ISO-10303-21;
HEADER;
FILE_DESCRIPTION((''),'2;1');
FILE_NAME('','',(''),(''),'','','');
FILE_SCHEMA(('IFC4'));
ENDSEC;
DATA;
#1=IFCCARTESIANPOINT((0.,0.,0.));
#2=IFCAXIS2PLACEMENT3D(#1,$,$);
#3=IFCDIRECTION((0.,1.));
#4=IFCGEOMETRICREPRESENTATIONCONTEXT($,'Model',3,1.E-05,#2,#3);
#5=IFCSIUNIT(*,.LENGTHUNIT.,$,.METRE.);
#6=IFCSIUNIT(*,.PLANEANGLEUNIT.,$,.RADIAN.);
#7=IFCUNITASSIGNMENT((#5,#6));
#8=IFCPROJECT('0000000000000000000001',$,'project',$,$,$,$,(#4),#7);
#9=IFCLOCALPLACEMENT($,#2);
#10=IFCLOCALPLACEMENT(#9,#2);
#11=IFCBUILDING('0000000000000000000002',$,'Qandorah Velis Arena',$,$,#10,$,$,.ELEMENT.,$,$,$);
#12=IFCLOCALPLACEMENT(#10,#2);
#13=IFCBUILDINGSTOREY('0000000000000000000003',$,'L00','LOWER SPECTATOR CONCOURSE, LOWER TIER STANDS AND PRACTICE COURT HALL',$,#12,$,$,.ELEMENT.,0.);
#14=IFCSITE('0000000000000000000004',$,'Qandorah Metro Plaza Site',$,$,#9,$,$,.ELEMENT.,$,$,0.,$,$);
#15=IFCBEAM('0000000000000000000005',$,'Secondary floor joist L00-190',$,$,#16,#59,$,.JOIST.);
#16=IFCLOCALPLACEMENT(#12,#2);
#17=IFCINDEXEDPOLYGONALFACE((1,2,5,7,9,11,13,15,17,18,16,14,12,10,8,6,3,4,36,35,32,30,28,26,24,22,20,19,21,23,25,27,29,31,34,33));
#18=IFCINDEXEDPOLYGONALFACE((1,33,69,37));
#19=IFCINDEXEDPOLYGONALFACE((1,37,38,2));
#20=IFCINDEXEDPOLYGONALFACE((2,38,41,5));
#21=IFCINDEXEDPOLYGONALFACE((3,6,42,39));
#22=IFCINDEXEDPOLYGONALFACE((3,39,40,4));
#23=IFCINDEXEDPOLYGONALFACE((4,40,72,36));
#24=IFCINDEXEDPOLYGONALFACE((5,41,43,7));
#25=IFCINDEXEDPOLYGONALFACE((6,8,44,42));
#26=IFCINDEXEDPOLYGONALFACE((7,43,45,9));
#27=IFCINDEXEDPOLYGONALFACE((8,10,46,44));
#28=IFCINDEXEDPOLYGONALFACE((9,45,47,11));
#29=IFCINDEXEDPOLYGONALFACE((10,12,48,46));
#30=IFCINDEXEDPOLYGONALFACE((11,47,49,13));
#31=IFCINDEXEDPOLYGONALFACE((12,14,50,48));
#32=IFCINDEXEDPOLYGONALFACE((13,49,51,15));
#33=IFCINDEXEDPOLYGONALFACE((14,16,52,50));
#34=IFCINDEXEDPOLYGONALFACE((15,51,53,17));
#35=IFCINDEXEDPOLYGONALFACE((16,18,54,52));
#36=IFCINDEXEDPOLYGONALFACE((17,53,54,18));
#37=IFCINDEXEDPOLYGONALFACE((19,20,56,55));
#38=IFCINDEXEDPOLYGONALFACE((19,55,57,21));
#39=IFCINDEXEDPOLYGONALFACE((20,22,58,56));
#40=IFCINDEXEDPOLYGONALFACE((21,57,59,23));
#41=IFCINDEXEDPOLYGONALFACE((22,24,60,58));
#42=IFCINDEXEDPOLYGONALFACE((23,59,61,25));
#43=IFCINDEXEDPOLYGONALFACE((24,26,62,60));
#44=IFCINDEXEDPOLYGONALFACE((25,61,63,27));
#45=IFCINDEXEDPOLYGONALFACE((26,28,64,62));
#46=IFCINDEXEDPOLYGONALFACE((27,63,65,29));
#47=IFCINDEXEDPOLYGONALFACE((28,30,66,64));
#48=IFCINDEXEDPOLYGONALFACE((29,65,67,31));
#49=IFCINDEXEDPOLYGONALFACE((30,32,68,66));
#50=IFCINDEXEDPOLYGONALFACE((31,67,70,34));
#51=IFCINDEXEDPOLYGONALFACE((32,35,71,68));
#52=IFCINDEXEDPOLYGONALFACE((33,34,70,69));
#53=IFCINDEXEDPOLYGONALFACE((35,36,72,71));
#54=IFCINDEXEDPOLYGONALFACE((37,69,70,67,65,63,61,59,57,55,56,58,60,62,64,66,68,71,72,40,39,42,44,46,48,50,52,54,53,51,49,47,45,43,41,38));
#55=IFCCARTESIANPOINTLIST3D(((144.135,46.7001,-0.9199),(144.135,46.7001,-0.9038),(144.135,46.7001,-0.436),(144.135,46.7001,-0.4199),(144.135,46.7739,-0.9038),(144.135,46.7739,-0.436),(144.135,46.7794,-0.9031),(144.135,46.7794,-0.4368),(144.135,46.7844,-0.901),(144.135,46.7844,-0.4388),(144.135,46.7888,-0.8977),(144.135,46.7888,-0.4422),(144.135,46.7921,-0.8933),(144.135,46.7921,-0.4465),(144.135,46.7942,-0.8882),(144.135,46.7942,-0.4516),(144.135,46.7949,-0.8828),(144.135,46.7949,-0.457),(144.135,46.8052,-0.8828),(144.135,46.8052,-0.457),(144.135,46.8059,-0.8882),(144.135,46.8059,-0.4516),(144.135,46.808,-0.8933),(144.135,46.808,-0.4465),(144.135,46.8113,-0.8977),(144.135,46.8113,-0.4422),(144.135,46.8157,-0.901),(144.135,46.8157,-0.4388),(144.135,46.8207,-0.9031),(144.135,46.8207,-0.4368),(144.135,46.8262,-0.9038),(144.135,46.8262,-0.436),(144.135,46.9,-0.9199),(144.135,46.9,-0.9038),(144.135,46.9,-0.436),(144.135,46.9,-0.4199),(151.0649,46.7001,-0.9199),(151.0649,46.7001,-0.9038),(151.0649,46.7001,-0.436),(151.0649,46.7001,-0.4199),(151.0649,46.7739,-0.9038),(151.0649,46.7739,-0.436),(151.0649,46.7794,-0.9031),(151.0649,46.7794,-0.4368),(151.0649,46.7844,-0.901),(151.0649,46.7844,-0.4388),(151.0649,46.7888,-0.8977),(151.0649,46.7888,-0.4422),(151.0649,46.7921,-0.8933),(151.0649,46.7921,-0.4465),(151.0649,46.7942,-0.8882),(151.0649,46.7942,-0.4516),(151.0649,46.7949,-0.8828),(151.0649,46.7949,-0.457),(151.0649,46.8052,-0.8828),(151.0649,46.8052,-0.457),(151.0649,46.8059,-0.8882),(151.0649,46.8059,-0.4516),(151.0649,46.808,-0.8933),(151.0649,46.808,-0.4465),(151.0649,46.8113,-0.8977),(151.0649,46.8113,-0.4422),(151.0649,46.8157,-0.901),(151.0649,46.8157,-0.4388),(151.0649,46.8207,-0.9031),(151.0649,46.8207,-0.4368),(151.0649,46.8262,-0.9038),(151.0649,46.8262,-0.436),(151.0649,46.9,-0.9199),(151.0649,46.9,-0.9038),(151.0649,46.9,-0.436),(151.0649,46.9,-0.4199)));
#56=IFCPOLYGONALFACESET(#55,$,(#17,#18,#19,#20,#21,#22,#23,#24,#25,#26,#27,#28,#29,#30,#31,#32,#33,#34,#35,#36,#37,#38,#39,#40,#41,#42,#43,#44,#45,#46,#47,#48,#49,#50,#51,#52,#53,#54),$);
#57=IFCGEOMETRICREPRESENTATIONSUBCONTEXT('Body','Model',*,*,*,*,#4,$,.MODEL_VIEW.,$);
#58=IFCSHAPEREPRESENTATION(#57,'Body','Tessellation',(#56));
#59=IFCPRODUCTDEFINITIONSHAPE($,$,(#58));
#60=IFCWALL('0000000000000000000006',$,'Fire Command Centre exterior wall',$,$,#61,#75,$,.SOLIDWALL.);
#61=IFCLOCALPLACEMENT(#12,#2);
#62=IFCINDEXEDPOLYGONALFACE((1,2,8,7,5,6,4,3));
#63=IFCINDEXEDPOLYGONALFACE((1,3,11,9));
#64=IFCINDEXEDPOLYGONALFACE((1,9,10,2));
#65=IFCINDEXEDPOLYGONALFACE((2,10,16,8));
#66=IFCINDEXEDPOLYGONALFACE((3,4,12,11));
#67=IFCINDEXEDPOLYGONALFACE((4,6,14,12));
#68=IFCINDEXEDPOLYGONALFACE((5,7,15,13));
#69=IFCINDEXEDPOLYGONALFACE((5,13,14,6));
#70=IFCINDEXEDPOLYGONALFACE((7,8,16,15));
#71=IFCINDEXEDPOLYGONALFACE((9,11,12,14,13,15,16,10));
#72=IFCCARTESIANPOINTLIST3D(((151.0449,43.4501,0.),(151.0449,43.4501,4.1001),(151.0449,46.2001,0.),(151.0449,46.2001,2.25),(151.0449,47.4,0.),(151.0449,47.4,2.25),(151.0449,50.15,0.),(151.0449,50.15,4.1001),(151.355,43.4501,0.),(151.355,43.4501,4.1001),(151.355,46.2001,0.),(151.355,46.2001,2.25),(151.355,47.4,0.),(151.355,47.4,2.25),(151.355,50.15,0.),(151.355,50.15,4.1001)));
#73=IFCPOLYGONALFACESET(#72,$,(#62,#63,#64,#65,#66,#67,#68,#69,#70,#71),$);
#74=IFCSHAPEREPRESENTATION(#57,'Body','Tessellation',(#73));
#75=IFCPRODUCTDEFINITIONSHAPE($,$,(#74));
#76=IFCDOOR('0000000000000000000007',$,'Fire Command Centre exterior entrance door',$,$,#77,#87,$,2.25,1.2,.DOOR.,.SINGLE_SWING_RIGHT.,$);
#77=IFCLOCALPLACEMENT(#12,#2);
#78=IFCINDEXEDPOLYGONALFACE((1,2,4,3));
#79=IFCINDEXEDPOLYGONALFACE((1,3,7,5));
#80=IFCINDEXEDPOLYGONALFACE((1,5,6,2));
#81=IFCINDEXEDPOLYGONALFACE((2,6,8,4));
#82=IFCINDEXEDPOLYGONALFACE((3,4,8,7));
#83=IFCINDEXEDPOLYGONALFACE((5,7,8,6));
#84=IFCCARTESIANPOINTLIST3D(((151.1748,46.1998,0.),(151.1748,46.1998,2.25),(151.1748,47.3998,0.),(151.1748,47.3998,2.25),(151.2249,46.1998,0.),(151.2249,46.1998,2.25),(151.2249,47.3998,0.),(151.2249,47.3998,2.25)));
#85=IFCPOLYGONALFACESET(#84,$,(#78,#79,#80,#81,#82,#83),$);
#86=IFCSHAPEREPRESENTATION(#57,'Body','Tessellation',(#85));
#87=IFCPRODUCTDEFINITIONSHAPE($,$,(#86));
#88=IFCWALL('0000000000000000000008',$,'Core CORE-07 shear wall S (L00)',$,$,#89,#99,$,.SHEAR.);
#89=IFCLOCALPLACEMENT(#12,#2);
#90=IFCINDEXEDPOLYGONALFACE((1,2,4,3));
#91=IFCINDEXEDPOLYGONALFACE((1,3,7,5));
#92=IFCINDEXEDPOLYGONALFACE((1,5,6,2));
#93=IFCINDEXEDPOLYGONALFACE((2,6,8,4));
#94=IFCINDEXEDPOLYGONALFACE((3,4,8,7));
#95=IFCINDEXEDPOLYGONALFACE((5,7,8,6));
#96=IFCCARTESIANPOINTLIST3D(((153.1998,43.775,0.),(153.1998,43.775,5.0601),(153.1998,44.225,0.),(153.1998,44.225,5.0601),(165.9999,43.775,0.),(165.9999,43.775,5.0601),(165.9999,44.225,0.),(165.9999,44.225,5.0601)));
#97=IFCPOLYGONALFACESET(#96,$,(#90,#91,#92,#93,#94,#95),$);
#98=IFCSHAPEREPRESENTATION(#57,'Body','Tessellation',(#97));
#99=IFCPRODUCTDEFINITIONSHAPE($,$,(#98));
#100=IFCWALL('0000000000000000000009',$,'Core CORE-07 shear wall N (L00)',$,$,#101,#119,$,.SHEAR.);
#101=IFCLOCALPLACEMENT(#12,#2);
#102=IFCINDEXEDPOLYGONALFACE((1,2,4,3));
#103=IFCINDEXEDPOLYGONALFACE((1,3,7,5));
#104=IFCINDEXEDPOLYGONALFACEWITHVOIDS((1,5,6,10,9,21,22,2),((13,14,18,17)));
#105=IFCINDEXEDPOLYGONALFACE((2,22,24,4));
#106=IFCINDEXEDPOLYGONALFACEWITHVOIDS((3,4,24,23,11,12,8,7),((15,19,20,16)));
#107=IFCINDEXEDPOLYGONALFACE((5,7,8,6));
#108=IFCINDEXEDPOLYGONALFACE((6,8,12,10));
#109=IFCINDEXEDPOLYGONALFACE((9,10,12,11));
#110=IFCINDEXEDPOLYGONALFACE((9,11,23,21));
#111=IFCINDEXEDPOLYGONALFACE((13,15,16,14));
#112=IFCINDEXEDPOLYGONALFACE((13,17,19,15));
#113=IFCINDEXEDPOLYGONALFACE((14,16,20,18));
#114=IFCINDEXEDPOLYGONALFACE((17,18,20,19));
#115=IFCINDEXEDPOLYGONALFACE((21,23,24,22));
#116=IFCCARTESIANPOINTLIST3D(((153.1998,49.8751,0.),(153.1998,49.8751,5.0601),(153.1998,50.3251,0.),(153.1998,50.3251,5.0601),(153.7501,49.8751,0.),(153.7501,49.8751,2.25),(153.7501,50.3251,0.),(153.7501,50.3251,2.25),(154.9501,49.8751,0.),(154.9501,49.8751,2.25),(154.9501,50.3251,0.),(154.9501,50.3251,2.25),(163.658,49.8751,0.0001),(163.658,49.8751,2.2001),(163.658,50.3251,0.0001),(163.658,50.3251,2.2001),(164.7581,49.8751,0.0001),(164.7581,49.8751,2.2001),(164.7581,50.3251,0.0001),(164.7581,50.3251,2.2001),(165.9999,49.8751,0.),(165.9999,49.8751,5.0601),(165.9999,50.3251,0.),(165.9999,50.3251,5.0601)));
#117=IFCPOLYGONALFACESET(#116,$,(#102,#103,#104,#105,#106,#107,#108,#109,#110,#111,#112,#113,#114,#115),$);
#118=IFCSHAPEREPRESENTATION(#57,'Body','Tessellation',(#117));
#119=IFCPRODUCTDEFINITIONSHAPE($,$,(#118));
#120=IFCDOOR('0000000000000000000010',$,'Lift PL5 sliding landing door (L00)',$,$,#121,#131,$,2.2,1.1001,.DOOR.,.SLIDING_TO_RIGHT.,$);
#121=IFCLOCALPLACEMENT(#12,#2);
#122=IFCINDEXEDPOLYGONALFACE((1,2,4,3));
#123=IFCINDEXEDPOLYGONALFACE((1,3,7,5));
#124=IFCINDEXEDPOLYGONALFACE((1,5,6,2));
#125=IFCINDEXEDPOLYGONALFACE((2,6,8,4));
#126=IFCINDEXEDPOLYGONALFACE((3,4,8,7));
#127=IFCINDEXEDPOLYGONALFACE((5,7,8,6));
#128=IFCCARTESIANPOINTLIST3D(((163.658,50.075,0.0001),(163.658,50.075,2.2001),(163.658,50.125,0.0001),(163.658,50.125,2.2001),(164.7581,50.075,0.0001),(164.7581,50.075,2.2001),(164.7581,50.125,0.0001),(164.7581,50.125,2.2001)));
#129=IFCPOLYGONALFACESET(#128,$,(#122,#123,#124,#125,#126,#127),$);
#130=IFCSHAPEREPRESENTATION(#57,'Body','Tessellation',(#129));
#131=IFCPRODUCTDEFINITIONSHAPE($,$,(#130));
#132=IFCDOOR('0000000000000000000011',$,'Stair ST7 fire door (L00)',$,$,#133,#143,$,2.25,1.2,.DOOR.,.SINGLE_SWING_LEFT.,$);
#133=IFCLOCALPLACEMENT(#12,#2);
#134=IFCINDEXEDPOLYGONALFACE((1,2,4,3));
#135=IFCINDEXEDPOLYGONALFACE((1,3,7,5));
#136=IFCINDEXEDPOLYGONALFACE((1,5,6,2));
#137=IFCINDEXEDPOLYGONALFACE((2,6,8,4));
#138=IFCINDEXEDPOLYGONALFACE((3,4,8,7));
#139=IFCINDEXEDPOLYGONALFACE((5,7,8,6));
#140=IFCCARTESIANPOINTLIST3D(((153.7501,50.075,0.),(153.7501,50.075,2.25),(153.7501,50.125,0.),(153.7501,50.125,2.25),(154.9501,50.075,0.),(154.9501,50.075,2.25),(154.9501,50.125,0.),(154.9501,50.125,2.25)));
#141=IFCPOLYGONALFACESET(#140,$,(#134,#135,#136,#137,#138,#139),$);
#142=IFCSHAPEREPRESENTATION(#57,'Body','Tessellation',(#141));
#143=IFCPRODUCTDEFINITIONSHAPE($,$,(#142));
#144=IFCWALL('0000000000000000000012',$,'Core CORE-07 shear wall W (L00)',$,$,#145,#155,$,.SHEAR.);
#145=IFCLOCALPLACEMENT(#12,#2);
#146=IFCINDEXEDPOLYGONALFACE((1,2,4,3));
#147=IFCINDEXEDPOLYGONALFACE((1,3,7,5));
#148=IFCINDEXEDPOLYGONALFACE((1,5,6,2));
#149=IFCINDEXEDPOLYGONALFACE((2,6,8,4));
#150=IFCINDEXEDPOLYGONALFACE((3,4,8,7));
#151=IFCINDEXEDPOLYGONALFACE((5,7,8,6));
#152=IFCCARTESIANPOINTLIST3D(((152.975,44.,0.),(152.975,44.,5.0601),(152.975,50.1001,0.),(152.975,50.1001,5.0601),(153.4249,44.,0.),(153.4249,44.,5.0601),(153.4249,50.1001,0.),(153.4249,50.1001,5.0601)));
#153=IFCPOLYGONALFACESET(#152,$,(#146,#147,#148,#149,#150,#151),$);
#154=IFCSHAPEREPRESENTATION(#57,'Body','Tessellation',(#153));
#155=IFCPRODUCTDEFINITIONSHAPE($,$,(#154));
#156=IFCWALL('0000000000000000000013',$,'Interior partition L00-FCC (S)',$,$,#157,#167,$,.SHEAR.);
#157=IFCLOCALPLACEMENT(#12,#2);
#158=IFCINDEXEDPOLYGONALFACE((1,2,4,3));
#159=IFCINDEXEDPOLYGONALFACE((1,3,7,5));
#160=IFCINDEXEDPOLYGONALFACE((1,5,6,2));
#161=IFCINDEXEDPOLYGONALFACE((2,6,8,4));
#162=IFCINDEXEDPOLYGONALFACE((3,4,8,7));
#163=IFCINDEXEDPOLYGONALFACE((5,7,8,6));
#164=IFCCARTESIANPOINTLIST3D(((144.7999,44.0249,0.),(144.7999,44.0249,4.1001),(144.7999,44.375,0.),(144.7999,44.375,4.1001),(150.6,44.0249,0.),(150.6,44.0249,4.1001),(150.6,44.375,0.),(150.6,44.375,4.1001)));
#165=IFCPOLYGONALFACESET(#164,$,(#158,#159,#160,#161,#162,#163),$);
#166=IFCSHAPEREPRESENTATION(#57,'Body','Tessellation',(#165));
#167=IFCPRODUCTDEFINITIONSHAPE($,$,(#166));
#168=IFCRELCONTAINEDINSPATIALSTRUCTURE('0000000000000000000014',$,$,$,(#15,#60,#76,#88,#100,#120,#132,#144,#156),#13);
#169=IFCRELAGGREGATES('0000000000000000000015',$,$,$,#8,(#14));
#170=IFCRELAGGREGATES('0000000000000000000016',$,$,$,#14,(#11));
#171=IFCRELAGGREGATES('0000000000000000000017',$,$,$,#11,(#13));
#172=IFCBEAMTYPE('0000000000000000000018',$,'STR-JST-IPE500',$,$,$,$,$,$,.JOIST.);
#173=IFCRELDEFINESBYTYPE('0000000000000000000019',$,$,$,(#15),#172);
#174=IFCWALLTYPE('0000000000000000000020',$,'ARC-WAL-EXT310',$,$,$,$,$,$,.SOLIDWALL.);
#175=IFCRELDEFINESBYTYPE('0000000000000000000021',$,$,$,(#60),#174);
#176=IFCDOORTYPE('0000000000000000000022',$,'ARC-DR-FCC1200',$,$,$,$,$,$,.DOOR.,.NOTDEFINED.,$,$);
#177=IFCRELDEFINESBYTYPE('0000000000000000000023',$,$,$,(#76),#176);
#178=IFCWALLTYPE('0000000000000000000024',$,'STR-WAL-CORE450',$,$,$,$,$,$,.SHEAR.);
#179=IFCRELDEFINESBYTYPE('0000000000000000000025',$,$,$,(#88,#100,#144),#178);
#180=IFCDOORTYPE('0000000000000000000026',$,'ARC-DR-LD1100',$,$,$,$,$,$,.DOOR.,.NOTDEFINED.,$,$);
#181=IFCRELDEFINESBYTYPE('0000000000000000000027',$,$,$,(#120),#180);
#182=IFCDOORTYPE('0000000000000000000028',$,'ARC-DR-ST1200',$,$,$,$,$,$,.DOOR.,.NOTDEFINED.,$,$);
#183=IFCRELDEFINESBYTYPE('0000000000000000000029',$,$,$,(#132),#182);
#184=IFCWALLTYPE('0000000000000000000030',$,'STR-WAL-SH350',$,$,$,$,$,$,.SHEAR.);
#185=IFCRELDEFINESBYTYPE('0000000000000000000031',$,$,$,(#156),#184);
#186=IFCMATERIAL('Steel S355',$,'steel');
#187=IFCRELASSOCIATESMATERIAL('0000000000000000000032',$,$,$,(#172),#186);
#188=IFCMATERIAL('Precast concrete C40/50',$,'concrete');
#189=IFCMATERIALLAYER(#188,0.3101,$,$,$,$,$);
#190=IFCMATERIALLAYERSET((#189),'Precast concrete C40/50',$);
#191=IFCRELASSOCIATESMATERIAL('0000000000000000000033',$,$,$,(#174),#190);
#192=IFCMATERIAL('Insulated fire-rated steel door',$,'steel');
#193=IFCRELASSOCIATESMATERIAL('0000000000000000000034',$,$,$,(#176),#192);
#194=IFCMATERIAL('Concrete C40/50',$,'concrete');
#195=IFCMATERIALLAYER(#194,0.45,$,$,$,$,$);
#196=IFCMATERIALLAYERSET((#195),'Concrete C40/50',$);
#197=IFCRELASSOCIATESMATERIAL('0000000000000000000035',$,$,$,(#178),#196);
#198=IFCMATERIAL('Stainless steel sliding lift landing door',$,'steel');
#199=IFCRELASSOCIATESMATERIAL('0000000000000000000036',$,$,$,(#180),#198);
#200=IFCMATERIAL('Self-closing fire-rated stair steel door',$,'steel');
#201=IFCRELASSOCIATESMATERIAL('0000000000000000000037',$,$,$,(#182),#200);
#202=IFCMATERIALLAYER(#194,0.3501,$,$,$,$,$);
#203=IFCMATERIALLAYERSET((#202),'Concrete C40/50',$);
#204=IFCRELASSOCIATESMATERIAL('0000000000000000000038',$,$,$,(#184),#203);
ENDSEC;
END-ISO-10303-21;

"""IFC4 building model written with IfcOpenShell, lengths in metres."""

from ifc_helpers import new_model, si_unit, direction, frame, frame_2d, origin, origin_2d, place, context, subcontext, project, spatial, rectangle, i_section, extrude, material, layer, layer_set, material_profile, profile_set, type_object, element, fill, save


model = new_model("IFC4")

# Units and contexts
model_context = context("Model", 3, precision=1e-05, world=origin(), true_north=direction((0.0, 1.0)))
body_context = subcontext(model_context, "Body", "Model", "MODEL_VIEW")
ifc_project = project(units=[si_unit("LENGTHUNIT", "METRE"), si_unit("PLANEANGLEUNIT", "RADIAN")], contexts=[model_context])

# Site, building, storey
site_placement = place(None, origin())
site = spatial("IfcSite", under=ifc_project, at=site_placement, Name="Qandorah Metro Plaza Site", CompositionType="ELEMENT", RefElevation=0.0)
building_placement = place(site_placement, origin())
building = spatial("IfcBuilding", under=site, at=building_placement, Name="Qandorah Velis Arena", CompositionType="ELEMENT")
storey_placement = place(building_placement, origin())
storey = spatial("IfcBuildingStorey", under=building, at=storey_placement, Name="L00", Description="LOWER SPECTATOR CONCOURSE, LOWER TIER STANDS AND PRACTICE COURT HALL", CompositionType="ELEMENT", Elevation=0.0)

# Shared definitions
ifc_material_1 = material(Name="Concrete C40/50", Category="concrete")

# Beam
ifc_material_2 = material(Name="Steel S355", Category="steel")
ifc_material_profile_1 = material_profile(ifc_material_2, i_section(OverallWidth=0.2, OverallDepth=0.5, WebThickness=0.0103, FlangeThickness=0.0161, FilletRadius=0.021, at=origin_2d()), Name="IPE 500")
ifc_profile_set_1 = profile_set([ifc_material_profile_1], Name="Steel S355")
beam_type_1 = type_object("IfcBeamType", Name="STR-JST-IPE500", PredefinedType="JOIST", material=ifc_profile_set_1)
beam_1_placement = place(storey_placement, frame((144.135, 46.8, -0.6699), z_axis=(1.0, 0.0, 0.0), x_axis=(0.0, 1.0, 0.0)))
element("IfcBeam", 1, at=beam_1_placement, inside=storey, type_object=beam_type_1, Name="Secondary floor joist L00-190", PredefinedType="JOIST", context=body_context, shape_type="SweptSolid", body=[
    extrude(i_section(OverallWidth=0.2, OverallDepth=0.5, WebThickness=0.0103, FlangeThickness=0.0161, FilletRadius=0.021, at=origin_2d()), origin(), (0.0, 0.0, 1.0), 6.9299),
])

# Wall, opening, door
ifc_material_3 = material(Name="Precast concrete C40/50", Category="concrete")
ifc_layer_1 = layer(ifc_material_3, 0.3101)
ifc_layer_set_1 = layer_set([ifc_layer_1], Name="Precast concrete C40/50")
wall_type_1 = type_object("IfcWallType", Name="ARC-WAL-EXT310", PredefinedType="SOLIDWALL", material=ifc_layer_set_1)
wall_1_placement = place(storey_placement, frame((151.2, 43.45, 0.0), z_axis=(0.0, 0.0, 1.0), x_axis=(0.0, 1.0, 0.0)))
wall_1 = element("IfcWall", 2, at=wall_1_placement, inside=storey, type_object=wall_type_1, Name="Fire Command Centre exterior wall", PredefinedType="SOLIDWALL", context=body_context, shape_type="SweptSolid", body=[
    extrude(rectangle(XDim=6.7, YDim=0.3101, at=frame_2d((3.3501, 0.0))), origin(), (0.0, 0.0, 1.0), 4.1001),
])
opening_1_placement = place(wall_1_placement, frame((2.75, 0.0, 0.0)))
opening_1 = element("IfcOpeningElement", 3, at=opening_1_placement, cuts=wall_1, PredefinedType="OPENING", context=body_context, shape_type="SweptSolid", body=[
    extrude(rectangle(XDim=1.2, YDim=2.25, at=frame_2d((0.6001, 1.125))), frame((0.0, 0.165, 0.0), z_axis=(0.0, -1.0, 0.0), x_axis=(1.0, 0.0, 0.0)), (0.0, 0.0, 1.0), 0.3301),
])
ifc_material_4 = material(Name="Insulated fire-rated steel door", Category="steel")
door_type_1 = type_object("IfcDoorType", Name="ARC-DR-FCC1200", OperationType="NOTDEFINED", PredefinedType="DOOR", material=ifc_material_4)
door_1_placement = place(opening_1_placement, frame((1.2, 0.0, 0.0), z_axis=(0.0, 0.0, 1.0), x_axis=(-1.0, 0.0, 0.0)))
door_1 = element("IfcDoor", 4, at=door_1_placement, inside=storey, type_object=door_type_1, Name="Fire Command Centre exterior entrance door", OperationType="SINGLE_SWING_RIGHT", OverallHeight=2.25, OverallWidth=1.2, PredefinedType="DOOR", context=body_context, shape_type="SweptSolid", body=[
    extrude(rectangle(XDim=1.2, YDim=2.25, at=frame_2d((0.6001, 1.125))), frame((0.0, 0.0249, 0.0), z_axis=(0.0, -1.0, 0.0), x_axis=(1.0, 0.0, 0.0)), (0.0, 0.0, 1.0), 0.05),
])
fill(opening_1, door_1)

# Wall
ifc_layer_2 = layer(ifc_material_1, 0.45)
ifc_layer_set_2 = layer_set([ifc_layer_2], Name="Concrete C40/50")
wall_type_2 = type_object("IfcWallType", Name="STR-WAL-CORE450", PredefinedType="SHEAR", material=ifc_layer_set_2)
wall_2_placement = place(storey_placement, frame((153.2, 44.0, 0.0), z_axis=(0.0, 0.0, 1.0), x_axis=(1.0, 0.0, 0.0)))
element("IfcWall", 5, at=wall_2_placement, inside=storey, type_object=wall_type_2, Name="Core CORE-07 shear wall S (L00)", PredefinedType="SHEAR", context=body_context, shape_type="SweptSolid", body=[
    extrude(rectangle(XDim=12.8, YDim=0.45, at=frame_2d((6.3999, 0.0))), origin(), (0.0, 0.0, 1.0), 5.0601),
])

# Wall, openings, doors
wall_3_placement = place(storey_placement, frame((153.2, 50.1001, 0.0), z_axis=(0.0, 0.0, 1.0), x_axis=(1.0, 0.0, 0.0)))
wall_3 = element("IfcWall", 6, at=wall_3_placement, inside=storey, type_object=wall_type_2, Name="Core CORE-07 shear wall N (L00)", PredefinedType="SHEAR", context=body_context, shape_type="SweptSolid", body=[
    extrude(rectangle(XDim=12.8, YDim=0.45, at=frame_2d((6.3999, 0.0))), origin(), (0.0, 0.0, 1.0), 5.0601),
])
opening_2_placement = place(wall_3_placement, frame((0.55, 0.0, 0.0)))
opening_2 = element("IfcOpeningElement", 7, at=opening_2_placement, cuts=wall_3, PredefinedType="OPENING", context=body_context, shape_type="SweptSolid", body=[
    extrude(rectangle(XDim=1.2, YDim=2.25, at=frame_2d((0.6001, 1.125))), frame((0.0, 0.2349, 0.0), z_axis=(0.0, -1.0, 0.0), x_axis=(1.0, 0.0, 0.0)), (0.0, 0.0, 1.0), 0.47),
])
opening_3_placement = place(wall_3_placement, frame((10.458, 0.0, 0.0)))
opening_3 = element("IfcOpeningElement", 8, at=opening_3_placement, cuts=wall_3, PredefinedType="OPENING", context=body_context, shape_type="SweptSolid", body=[
    extrude(rectangle(XDim=1.1001, YDim=2.2, at=frame_2d((0.55, 1.1001))), frame((0.0, 0.2349, 0.0), z_axis=(0.0, -1.0, 0.0), x_axis=(1.0, 0.0, 0.0)), (0.0, 0.0, 1.0), 0.47),
])
ifc_material_5 = material(Name="Stainless steel sliding lift landing door", Category="steel")
door_type_2 = type_object("IfcDoorType", Name="ARC-DR-LD1100", OperationType="NOTDEFINED", PredefinedType="DOOR", material=ifc_material_5)
door_2_placement = place(opening_3_placement, origin())
door_2 = element("IfcDoor", 9, at=door_2_placement, inside=storey, type_object=door_type_2, Name="Lift PL5 sliding landing door (L00)", OperationType="SLIDING_TO_RIGHT", OverallHeight=2.2, OverallWidth=1.1001, PredefinedType="DOOR", context=body_context, shape_type="SweptSolid", body=[
    extrude(rectangle(XDim=1.1001, YDim=2.2, at=frame_2d((0.55, 1.1001))), frame((0.0, 0.0249, 0.0), z_axis=(0.0, -1.0, 0.0), x_axis=(1.0, 0.0, 0.0)), (0.0, 0.0, 1.0), 0.05),
])
fill(opening_3, door_2)
ifc_material_6 = material(Name="Self-closing fire-rated stair steel door", Category="steel")
door_type_3 = type_object("IfcDoorType", Name="ARC-DR-ST1200", OperationType="NOTDEFINED", PredefinedType="DOOR", material=ifc_material_6)
door_3_placement = place(opening_2_placement, origin())
door_3 = element("IfcDoor", 10, at=door_3_placement, inside=storey, type_object=door_type_3, Name="Stair ST7 fire door (L00)", OperationType="SINGLE_SWING_LEFT", OverallHeight=2.25, OverallWidth=1.2, PredefinedType="DOOR", context=body_context, shape_type="SweptSolid", body=[
    extrude(rectangle(XDim=1.2, YDim=2.25, at=frame_2d((0.6001, 1.125))), frame((0.0, 0.0249, 0.0), z_axis=(0.0, -1.0, 0.0), x_axis=(1.0, 0.0, 0.0)), (0.0, 0.0, 1.0), 0.05),
])
fill(opening_2, door_3)

# Walls
wall_4_placement = place(storey_placement, frame((153.2, 44.0, 0.0), z_axis=(0.0, 0.0, 1.0), x_axis=(0.0, 1.0, 0.0)))
element("IfcWall", 11, at=wall_4_placement, inside=storey, type_object=wall_type_2, Name="Core CORE-07 shear wall W (L00)", PredefinedType="SHEAR", context=body_context, shape_type="SweptSolid", body=[
    extrude(rectangle(XDim=6.1001, YDim=0.45, at=frame_2d((3.05, 0.0))), origin(), (0.0, 0.0, 1.0), 5.0601),
])
ifc_layer_3 = layer(ifc_material_1, 0.3501)
ifc_layer_set_3 = layer_set([ifc_layer_3], Name="Concrete C40/50")
wall_type_3 = type_object("IfcWallType", Name="STR-WAL-SH350", PredefinedType="SHEAR", material=ifc_layer_set_3)
for number, where, z_axis, x_axis, name in (
    (12, (144.8, 44.2, 0.0), (0.0, 0.0, 1.0), (1.0, 0.0, 0.0), "Interior partition L00-FCC (S)"),
):
    element("IfcWall", number, at=place(storey_placement, frame(where, z_axis=z_axis, x_axis=x_axis)), inside=storey, type_object=wall_type_3, Name=name, PredefinedType="SHEAR", context=body_context, shape_type="SweptSolid", body=[
        extrude(rectangle(XDim=5.8, YDim=0.3501, at=frame_2d((2.8999, 0.0))), origin(), (0.0, 0.0, 1.0), 4.1001),
    ])

save(model, "model.ifc")
